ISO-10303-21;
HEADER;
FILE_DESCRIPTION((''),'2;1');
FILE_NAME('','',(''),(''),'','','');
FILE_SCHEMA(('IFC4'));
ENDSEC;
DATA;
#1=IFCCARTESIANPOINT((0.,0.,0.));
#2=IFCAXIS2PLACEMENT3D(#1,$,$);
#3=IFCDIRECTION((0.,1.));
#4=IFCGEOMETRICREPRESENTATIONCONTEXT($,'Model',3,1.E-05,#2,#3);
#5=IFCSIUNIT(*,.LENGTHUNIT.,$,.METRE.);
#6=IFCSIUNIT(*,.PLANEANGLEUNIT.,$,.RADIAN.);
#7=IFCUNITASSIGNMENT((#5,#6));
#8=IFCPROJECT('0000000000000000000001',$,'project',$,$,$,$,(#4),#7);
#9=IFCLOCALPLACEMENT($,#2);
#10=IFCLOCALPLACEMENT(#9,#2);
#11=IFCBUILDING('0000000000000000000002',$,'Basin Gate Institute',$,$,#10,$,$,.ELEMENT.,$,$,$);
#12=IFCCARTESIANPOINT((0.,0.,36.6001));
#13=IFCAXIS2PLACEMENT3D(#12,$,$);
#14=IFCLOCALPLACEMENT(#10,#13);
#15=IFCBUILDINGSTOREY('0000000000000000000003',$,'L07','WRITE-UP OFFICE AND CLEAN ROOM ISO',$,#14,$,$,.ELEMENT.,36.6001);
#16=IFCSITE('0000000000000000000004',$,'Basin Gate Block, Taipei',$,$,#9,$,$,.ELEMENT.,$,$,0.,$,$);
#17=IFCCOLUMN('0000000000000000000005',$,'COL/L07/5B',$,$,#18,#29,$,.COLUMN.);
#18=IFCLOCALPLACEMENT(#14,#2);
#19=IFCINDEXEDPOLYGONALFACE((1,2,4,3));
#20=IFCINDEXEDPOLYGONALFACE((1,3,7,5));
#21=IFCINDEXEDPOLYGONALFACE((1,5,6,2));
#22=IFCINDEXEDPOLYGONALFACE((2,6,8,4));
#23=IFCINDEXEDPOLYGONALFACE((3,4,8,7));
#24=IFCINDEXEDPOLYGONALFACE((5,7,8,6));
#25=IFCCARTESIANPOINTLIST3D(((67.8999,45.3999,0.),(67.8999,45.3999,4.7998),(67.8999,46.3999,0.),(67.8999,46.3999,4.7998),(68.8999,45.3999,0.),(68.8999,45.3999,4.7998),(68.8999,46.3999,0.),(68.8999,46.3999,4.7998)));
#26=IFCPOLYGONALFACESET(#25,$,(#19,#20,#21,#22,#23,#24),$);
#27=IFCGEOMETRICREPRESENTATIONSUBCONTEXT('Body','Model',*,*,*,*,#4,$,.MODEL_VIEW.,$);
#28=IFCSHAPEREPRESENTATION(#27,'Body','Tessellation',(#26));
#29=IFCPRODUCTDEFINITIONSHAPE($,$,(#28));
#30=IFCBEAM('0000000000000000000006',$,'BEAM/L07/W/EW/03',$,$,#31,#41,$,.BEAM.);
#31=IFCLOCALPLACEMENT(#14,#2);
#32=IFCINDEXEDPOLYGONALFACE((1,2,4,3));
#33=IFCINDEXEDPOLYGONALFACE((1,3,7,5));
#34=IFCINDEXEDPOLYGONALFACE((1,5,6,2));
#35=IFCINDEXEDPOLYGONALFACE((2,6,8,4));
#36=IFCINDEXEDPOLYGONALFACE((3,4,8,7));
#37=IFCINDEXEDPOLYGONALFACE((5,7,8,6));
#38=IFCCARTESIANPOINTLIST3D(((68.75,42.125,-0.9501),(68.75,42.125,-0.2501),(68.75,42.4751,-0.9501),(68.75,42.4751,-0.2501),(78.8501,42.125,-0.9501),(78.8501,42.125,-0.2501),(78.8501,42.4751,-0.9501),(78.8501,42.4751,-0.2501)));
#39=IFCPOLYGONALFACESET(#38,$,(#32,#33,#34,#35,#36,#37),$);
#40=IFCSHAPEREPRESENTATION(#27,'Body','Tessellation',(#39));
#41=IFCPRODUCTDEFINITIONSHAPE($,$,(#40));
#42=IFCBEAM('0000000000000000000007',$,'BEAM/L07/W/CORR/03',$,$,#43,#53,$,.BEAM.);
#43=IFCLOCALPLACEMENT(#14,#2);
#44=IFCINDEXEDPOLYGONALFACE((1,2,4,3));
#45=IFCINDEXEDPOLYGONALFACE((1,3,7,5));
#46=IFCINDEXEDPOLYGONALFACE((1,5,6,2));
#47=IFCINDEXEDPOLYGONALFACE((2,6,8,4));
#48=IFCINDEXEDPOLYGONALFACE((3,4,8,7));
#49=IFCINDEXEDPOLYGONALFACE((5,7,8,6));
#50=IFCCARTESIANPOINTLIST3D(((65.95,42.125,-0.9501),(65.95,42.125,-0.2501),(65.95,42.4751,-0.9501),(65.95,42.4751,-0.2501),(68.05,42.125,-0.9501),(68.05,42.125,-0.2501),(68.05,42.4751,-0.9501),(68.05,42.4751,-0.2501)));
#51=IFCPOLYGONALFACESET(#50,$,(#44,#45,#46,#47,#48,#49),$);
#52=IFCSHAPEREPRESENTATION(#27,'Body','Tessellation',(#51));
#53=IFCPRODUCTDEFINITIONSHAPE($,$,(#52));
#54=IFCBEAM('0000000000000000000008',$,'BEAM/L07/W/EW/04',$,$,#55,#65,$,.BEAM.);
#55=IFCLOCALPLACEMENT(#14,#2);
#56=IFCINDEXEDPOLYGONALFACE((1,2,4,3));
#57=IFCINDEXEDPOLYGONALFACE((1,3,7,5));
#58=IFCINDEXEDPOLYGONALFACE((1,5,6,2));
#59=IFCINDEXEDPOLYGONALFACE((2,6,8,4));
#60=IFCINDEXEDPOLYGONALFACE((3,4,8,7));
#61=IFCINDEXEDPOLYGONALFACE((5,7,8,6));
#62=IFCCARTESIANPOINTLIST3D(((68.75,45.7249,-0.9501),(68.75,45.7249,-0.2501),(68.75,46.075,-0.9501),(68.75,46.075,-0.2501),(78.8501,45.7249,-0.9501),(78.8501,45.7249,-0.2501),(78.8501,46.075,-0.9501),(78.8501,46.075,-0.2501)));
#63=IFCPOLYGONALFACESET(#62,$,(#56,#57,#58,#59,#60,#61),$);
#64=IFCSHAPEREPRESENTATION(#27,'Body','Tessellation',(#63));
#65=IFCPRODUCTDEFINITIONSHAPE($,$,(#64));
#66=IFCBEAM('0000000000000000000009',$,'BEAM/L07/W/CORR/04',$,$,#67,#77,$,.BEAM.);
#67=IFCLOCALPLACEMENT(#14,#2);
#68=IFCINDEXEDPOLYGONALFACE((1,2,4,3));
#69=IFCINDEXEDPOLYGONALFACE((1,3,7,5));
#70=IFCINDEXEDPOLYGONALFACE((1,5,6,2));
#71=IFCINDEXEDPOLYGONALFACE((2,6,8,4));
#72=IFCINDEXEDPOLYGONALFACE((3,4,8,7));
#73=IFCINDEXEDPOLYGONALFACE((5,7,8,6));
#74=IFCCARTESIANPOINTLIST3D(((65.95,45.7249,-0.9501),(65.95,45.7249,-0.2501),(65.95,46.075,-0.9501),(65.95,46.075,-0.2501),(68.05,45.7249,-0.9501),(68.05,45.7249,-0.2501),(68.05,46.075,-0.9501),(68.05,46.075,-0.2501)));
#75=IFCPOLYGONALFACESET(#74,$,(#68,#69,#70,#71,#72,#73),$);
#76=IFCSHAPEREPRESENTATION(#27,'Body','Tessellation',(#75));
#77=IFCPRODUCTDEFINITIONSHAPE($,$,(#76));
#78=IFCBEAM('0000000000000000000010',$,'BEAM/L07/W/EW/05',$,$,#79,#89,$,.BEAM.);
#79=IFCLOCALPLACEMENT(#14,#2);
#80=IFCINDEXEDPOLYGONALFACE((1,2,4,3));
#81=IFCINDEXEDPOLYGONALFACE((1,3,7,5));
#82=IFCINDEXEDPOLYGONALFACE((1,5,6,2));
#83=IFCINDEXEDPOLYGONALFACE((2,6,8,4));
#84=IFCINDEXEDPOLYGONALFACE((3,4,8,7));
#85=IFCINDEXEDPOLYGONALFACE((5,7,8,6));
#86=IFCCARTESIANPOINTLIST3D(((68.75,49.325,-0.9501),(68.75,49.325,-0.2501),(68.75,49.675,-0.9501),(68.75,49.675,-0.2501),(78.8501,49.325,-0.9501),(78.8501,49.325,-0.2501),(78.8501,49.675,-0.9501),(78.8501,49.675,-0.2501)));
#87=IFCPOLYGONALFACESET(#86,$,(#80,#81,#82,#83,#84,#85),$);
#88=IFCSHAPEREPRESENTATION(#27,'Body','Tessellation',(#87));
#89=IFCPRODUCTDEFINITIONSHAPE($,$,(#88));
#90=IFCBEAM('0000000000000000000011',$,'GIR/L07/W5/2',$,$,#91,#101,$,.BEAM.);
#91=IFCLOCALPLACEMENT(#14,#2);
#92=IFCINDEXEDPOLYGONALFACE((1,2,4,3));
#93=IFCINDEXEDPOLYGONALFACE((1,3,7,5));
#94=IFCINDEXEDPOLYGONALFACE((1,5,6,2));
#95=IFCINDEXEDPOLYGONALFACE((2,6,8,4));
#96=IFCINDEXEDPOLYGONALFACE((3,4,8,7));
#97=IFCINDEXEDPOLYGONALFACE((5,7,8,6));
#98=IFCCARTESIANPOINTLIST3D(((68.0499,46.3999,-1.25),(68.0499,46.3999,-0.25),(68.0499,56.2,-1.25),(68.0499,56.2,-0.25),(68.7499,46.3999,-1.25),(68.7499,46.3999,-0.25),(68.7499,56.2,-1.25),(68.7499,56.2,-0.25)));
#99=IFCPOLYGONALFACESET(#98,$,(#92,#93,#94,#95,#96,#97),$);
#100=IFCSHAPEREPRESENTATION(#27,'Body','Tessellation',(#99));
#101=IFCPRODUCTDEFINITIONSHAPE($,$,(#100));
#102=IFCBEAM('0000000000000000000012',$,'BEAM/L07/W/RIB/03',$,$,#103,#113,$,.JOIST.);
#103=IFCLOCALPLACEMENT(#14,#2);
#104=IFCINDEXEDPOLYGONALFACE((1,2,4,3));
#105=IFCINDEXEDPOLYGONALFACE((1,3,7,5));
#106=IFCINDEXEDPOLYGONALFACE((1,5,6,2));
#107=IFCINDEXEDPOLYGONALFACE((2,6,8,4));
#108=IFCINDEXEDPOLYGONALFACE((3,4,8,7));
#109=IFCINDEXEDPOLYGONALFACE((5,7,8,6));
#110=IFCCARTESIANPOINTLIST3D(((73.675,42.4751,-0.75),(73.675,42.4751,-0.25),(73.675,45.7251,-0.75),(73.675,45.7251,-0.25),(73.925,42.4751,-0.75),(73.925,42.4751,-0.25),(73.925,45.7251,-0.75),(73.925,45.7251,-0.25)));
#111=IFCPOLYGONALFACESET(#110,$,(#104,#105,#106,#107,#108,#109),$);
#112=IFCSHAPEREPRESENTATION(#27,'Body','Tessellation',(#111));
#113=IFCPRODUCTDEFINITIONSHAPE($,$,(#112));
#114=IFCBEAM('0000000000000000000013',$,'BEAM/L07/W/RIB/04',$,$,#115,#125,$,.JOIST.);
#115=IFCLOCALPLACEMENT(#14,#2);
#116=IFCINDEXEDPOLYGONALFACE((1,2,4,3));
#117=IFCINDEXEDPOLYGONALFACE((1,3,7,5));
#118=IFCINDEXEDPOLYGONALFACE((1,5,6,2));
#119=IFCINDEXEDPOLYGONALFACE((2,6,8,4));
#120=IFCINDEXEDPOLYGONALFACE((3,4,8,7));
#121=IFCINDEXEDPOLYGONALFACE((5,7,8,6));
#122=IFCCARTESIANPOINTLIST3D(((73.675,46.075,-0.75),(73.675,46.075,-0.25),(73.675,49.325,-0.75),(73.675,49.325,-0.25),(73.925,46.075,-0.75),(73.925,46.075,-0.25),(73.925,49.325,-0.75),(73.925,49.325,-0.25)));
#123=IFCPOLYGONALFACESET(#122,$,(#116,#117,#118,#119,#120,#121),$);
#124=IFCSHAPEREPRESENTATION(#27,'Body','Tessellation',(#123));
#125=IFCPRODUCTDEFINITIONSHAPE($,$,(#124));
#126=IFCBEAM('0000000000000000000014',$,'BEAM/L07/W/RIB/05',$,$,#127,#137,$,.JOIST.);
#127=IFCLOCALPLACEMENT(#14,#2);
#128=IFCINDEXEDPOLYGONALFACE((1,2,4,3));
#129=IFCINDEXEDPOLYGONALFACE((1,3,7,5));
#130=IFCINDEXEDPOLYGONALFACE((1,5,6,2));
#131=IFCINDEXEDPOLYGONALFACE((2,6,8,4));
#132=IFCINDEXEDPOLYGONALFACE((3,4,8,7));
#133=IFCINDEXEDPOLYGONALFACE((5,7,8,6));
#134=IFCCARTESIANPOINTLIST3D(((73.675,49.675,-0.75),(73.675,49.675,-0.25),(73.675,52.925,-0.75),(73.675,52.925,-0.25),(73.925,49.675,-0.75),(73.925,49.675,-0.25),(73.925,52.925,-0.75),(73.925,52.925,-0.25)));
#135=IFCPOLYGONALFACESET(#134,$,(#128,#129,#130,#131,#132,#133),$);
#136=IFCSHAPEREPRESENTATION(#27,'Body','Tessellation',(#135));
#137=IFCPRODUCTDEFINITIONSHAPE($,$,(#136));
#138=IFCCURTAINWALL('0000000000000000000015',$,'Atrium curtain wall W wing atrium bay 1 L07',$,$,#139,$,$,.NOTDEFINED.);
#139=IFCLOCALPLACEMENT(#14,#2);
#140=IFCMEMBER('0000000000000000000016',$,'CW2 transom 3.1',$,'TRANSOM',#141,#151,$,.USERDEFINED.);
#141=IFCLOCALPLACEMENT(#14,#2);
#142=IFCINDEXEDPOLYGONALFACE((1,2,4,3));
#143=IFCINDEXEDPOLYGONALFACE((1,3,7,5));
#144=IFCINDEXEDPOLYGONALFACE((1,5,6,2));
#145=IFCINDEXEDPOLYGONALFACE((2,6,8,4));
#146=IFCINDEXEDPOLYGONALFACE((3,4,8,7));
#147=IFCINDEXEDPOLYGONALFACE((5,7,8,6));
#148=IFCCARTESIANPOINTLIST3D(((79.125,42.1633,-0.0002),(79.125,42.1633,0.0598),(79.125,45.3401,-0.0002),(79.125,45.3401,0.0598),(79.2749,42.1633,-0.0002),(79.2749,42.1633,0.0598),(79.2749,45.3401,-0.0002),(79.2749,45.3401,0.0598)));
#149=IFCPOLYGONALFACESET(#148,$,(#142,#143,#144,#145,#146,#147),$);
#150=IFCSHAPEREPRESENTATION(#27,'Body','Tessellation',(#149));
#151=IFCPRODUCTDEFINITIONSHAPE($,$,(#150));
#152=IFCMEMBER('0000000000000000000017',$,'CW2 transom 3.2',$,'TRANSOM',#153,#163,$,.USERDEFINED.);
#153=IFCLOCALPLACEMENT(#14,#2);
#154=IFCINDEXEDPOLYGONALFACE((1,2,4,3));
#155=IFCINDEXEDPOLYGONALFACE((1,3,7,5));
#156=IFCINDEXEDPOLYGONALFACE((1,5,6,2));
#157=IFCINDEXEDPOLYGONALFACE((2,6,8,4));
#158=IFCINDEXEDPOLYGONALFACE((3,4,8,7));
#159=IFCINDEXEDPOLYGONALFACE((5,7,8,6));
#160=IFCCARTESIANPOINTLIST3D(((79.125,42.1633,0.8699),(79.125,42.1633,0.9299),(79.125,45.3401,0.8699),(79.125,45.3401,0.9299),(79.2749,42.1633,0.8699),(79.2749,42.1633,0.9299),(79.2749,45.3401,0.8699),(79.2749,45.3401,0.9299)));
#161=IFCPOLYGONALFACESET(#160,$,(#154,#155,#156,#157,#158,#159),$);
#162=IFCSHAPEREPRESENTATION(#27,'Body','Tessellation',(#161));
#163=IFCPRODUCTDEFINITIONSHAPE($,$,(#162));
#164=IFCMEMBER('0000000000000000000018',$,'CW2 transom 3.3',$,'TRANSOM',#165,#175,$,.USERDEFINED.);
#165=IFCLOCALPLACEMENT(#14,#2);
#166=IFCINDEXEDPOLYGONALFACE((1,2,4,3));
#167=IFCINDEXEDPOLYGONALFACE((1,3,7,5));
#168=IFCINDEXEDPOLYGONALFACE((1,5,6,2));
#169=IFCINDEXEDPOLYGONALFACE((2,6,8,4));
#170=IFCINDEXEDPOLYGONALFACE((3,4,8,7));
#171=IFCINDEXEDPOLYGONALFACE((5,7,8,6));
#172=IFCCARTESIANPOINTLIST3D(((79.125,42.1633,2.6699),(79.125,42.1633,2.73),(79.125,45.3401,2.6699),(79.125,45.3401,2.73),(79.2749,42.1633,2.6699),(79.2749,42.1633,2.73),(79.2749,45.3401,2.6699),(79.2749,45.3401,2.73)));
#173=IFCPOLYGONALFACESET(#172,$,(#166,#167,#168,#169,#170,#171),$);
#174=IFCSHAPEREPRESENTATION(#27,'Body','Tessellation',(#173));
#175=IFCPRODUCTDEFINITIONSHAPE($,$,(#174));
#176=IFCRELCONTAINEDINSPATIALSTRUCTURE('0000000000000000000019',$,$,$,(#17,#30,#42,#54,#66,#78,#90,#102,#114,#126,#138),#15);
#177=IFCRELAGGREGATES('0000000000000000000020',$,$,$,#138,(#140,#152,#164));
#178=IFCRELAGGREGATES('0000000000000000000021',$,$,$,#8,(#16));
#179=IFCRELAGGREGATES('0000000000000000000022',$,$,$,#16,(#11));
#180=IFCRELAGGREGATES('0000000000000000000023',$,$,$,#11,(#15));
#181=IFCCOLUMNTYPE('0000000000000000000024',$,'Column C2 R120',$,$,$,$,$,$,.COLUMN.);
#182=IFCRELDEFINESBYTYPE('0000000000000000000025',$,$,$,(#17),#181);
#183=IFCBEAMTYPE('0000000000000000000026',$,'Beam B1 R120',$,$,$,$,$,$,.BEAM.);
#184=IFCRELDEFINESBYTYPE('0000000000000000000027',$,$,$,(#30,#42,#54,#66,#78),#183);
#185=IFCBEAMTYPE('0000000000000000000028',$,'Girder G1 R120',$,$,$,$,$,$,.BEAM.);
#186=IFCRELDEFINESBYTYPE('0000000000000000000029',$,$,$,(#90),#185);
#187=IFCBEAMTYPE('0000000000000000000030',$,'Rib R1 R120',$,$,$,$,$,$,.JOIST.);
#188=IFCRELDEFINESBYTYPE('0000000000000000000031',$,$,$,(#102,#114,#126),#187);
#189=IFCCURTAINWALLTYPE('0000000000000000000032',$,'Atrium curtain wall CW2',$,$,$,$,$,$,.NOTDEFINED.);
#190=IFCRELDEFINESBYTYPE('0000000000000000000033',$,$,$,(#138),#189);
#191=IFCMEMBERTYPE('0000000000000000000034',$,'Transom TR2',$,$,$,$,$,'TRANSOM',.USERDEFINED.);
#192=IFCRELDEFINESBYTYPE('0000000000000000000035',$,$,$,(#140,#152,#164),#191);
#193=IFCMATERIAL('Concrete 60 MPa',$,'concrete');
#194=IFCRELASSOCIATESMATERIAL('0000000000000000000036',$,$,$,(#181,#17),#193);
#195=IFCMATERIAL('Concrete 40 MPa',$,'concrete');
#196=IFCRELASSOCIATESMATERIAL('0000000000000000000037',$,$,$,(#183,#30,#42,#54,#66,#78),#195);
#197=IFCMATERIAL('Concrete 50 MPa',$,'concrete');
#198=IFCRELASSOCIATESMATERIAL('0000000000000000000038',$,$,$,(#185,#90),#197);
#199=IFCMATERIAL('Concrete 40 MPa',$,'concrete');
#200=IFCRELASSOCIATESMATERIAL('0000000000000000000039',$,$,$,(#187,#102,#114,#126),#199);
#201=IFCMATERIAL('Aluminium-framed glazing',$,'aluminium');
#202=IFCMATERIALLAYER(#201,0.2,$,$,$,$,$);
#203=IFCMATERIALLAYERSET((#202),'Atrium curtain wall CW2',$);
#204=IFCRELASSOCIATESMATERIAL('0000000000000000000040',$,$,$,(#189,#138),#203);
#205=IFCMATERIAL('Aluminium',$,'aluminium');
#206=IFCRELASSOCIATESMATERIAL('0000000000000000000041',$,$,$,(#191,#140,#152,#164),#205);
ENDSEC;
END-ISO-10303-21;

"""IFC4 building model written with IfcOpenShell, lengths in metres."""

from ifc_helpers import new_model, si_unit, direction, frame, origin, origin_2d, place, context, subcontext, project, spatial, rectangle, extrude, material, layer, layer_set, material_profile, profile_set, type_object, element, aggregate, save


model = new_model("IFC4")

# Units and contexts
model_context = context("Model", 3, precision=1e-05, world=origin(), true_north=direction((0.0, 1.0)))
body_context = subcontext(model_context, "Body", "Model", "MODEL_VIEW")
ifc_project = project(units=[si_unit("LENGTHUNIT", "METRE"), si_unit("PLANEANGLEUNIT", "RADIAN")], contexts=[model_context])

# Site, building, storey
site_placement = place(None, origin())
site = spatial("IfcSite", under=ifc_project, at=site_placement, Name="Basin Gate Block, Taipei", CompositionType="ELEMENT", RefElevation=0.0)
building_placement = place(site_placement, origin())
building = spatial("IfcBuilding", under=site, at=building_placement, Name="Basin Gate Institute", CompositionType="ELEMENT")
storey_placement = place(building_placement, frame((0.0, 0.0, 36.6001)))
storey = spatial("IfcBuildingStorey", under=building, at=storey_placement, Name="L07", Description="WRITE-UP OFFICE AND CLEAN ROOM ISO", CompositionType="ELEMENT", Elevation=36.6001)

# Column
ifc_material_1 = material(Name="Concrete 60 MPa", Category="concrete")
ifc_material_profile_1 = material_profile(ifc_material_1, rectangle(XDim=1.0, YDim=1.0, at=origin_2d()), Name="Column C2 1000 x 1000")
ifc_profile_set_1 = profile_set([ifc_material_profile_1], Name="Concrete 60 MPa")
column_type = type_object("IfcColumnType", Name="Column C2 R120", PredefinedType="COLUMN", material=ifc_profile_set_1)
column_placement = place(storey_placement, frame((68.3999, 45.8999, 0.0), z_axis=(0.0, 0.0, 1.0), x_axis=(1.0, 0.0, 0.0)))
element("IfcColumn", 1, at=column_placement, inside=storey, type_object=column_type, material=ifc_profile_set_1, Name="COL/L07/5B", PredefinedType="COLUMN", context=body_context, shape_type="SweptSolid", body=[
    extrude(rectangle(XDim=1.0, YDim=1.0, at=origin_2d()), origin(), (0.0, 0.0, 1.0), 4.7998),
])

# Beams
ifc_material_2 = material(Name="Concrete 40 MPa", Category="concrete")
ifc_material_profile_2 = material_profile(ifc_material_2, rectangle(XDim=0.3501, YDim=0.7, at=origin_2d()), Name="Beam B1 350 x 700")
ifc_profile_set_2 = profile_set([ifc_material_profile_2], Name="Concrete 40 MPa")
beam_type_1 = type_object("IfcBeamType", Name="Beam B1 R120", PredefinedType="BEAM", material=ifc_profile_set_2)
beam_1_placement = place(storey_placement, frame((68.75, 42.3, -0.6001), z_axis=(1.0, 0.0, 0.0), x_axis=(0.0, 1.0, 0.0)))
element("IfcBeam", 2, at=beam_1_placement, inside=storey, type_object=beam_type_1, material=ifc_profile_set_2, Name="BEAM/L07/W/EW/03", PredefinedType="BEAM", context=body_context, shape_type="SweptSolid", body=[
    extrude(rectangle(XDim=0.3501, YDim=0.7, at=origin_2d()), origin(), (0.0, 0.0, 1.0), 10.1001),
])
beam_2_placement = place(storey_placement, frame((65.95, 42.3, -0.6001), z_axis=(1.0, 0.0, 0.0), x_axis=(0.0, 1.0, 0.0)))
element("IfcBeam", 3, at=beam_2_placement, inside=storey, type_object=beam_type_1, material=ifc_profile_set_2, Name="BEAM/L07/W/CORR/03", PredefinedType="BEAM", context=body_context, shape_type="SweptSolid", body=[
    extrude(rectangle(XDim=0.3501, YDim=0.7, at=origin_2d()), origin(), (0.0, 0.0, 1.0), 2.1001),
])
beam_3_placement = place(storey_placement, frame((68.75, 45.8999, -0.6001), z_axis=(1.0, 0.0, 0.0), x_axis=(0.0, 1.0, 0.0)))
element("IfcBeam", 4, at=beam_3_placement, inside=storey, type_object=beam_type_1, material=ifc_profile_set_2, Name="BEAM/L07/W/EW/04", PredefinedType="BEAM", context=body_context, shape_type="SweptSolid", body=[
    extrude(rectangle(XDim=0.3501, YDim=0.7, at=origin_2d()), origin(), (0.0, 0.0, 1.0), 10.1001),
])
beam_4_placement = place(storey_placement, frame((65.95, 45.8999, -0.6001), z_axis=(1.0, 0.0, 0.0), x_axis=(0.0, 1.0, 0.0)))
element("IfcBeam", 5, at=beam_4_placement, inside=storey, type_object=beam_type_1, material=ifc_profile_set_2, Name="BEAM/L07/W/CORR/04", PredefinedType="BEAM", context=body_context, shape_type="SweptSolid", body=[
    extrude(rectangle(XDim=0.3501, YDim=0.7, at=origin_2d()), origin(), (0.0, 0.0, 1.0), 2.1001),
])
beam_5_placement = place(storey_placement, frame((68.75, 49.5, -0.6001), z_axis=(1.0, 0.0, 0.0), x_axis=(0.0, 1.0, 0.0)))
element("IfcBeam", 6, at=beam_5_placement, inside=storey, type_object=beam_type_1, material=ifc_profile_set_2, Name="BEAM/L07/W/EW/05", PredefinedType="BEAM", context=body_context, shape_type="SweptSolid", body=[
    extrude(rectangle(XDim=0.3501, YDim=0.7, at=origin_2d()), origin(), (0.0, 0.0, 1.0), 10.1001),
])
ifc_material_3 = material(Name="Concrete 50 MPa", Category="concrete")
ifc_material_profile_3 = material_profile(ifc_material_3, rectangle(XDim=0.7, YDim=1.0, at=origin_2d()), Name="Girder G1 700 x 1000")
ifc_profile_set_3 = profile_set([ifc_material_profile_3], Name="Concrete 50 MPa")
beam_type_2 = type_object("IfcBeamType", Name="Girder G1 R120", PredefinedType="BEAM", material=ifc_profile_set_3)
beam_6_placement = place(storey_placement, frame((68.3999, 46.3999, -0.75), z_axis=(0.0, 1.0, 0.0), x_axis=(-1.0, 0.0, 0.0)))
element("IfcBeam", 7, at=beam_6_placement, inside=storey, type_object=beam_type_2, material=ifc_profile_set_3, Name="GIR/L07/W5/2", PredefinedType="BEAM", context=body_context, shape_type="SweptSolid", body=[
    extrude(rectangle(XDim=0.7, YDim=1.0, at=origin_2d()), origin(), (0.0, 0.0, 1.0), 9.8),
])
ifc_material_4 = material(Name="Concrete 40 MPa", Category="concrete")
ifc_material_profile_4 = material_profile(ifc_material_4, rectangle(XDim=0.25, YDim=0.5, at=origin_2d()), Name="Rib R1 250 x 500")
ifc_profile_set_4 = profile_set([ifc_material_profile_4], Name="Concrete 40 MPa")
beam_type_3 = type_object("IfcBeamType", Name="Rib R1 R120", PredefinedType="JOIST", material=ifc_profile_set_4)
for number, where, z_axis, x_axis, name in (
    (8, (73.8, 42.4751, -0.5), (0.0, 1.0, 0.0), (-1.0, 0.0, 0.0), "BEAM/L07/W/RIB/03"),
    (9, (73.8, 46.075, -0.5), (0.0, 1.0, 0.0), (-1.0, 0.0, 0.0), "BEAM/L07/W/RIB/04"),
    (10, (73.8, 49.675, -0.5), (0.0, 1.0, 0.0), (-1.0, 0.0, 0.0), "BEAM/L07/W/RIB/05"),
):
    element("IfcBeam", number, at=place(storey_placement, frame(where, z_axis=z_axis, x_axis=x_axis)), inside=storey, type_object=beam_type_3, material=ifc_profile_set_4, Name=name, PredefinedType="JOIST", context=body_context, shape_type="SweptSolid", body=[
        extrude(rectangle(XDim=0.25, YDim=0.5, at=origin_2d()), origin(), (0.0, 0.0, 1.0), 3.25),
    ])

# Curtain wall, members
ifc_material_5 = material(Name="Aluminium-framed glazing", Category="aluminium")
ifc_layer_1 = layer(ifc_material_5, 0.2)
ifc_layer_set_1 = layer_set([ifc_layer_1], Name="Atrium curtain wall CW2")
curtain_wall_type = type_object("IfcCurtainWallType", Name="Atrium curtain wall CW2", PredefinedType="NOTDEFINED", material=ifc_layer_set_1)
curtain_wall_placement = place(storey_placement, origin())
curtain_wall = element("IfcCurtainWall", 11, at=curtain_wall_placement, inside=storey, type_object=curtain_wall_type, material=ifc_layer_set_1, Name="Atrium curtain wall W wing atrium bay 1 L07", PredefinedType="NOTDEFINED")
ifc_material_6 = material(Name="Aluminium", Category="aluminium")
ifc_material_profile_5 = material_profile(ifc_material_6, rectangle(XDim=0.1499, YDim=0.0601, at=origin_2d()), Name="Transom TR2 150 x 60")
ifc_profile_set_5 = profile_set([ifc_material_profile_5], Name="Aluminium")
member_type = type_object("IfcMemberType", Name="Transom TR2", ElementType="TRANSOM", PredefinedType="USERDEFINED", material=ifc_profile_set_5)
member_1_placement = place(storey_placement, frame((79.2, 42.1633, 0.0298), z_axis=(0.0, 1.0, 0.0), x_axis=(-1.0, 0.0, 0.0)))
member_1 = element("IfcMember", 12, at=member_1_placement, type_object=member_type, material=ifc_profile_set_5, Name="CW2 transom 3.1", ObjectType="TRANSOM", PredefinedType="USERDEFINED", context=body_context, shape_type="SweptSolid", body=[
    extrude(rectangle(XDim=0.1499, YDim=0.0601, at=origin_2d()), origin(), (0.0, 0.0, 1.0), 3.1768),
])
member_2_placement = place(storey_placement, frame((79.2, 42.1633, 0.8999), z_axis=(0.0, 1.0, 0.0), x_axis=(-1.0, 0.0, 0.0)))
member_2 = element("IfcMember", 13, at=member_2_placement, type_object=member_type, material=ifc_profile_set_5, Name="CW2 transom 3.2", ObjectType="TRANSOM", PredefinedType="USERDEFINED", context=body_context, shape_type="SweptSolid", body=[
    extrude(rectangle(XDim=0.1499, YDim=0.0601, at=origin_2d()), origin(), (0.0, 0.0, 1.0), 3.1768),
])
member_3_placement = place(storey_placement, frame((79.2, 42.1633, 2.7), z_axis=(0.0, 1.0, 0.0), x_axis=(-1.0, 0.0, 0.0)))
member_3 = element("IfcMember", 14, at=member_3_placement, type_object=member_type, material=ifc_profile_set_5, Name="CW2 transom 3.3", ObjectType="TRANSOM", PredefinedType="USERDEFINED", context=body_context, shape_type="SweptSolid", body=[
    extrude(rectangle(XDim=0.1499, YDim=0.0601, at=origin_2d()), origin(), (0.0, 0.0, 1.0), 3.1768),
])
aggregate(curtain_wall, [member_1, member_2, member_3])

save(model, "model.ifc")
